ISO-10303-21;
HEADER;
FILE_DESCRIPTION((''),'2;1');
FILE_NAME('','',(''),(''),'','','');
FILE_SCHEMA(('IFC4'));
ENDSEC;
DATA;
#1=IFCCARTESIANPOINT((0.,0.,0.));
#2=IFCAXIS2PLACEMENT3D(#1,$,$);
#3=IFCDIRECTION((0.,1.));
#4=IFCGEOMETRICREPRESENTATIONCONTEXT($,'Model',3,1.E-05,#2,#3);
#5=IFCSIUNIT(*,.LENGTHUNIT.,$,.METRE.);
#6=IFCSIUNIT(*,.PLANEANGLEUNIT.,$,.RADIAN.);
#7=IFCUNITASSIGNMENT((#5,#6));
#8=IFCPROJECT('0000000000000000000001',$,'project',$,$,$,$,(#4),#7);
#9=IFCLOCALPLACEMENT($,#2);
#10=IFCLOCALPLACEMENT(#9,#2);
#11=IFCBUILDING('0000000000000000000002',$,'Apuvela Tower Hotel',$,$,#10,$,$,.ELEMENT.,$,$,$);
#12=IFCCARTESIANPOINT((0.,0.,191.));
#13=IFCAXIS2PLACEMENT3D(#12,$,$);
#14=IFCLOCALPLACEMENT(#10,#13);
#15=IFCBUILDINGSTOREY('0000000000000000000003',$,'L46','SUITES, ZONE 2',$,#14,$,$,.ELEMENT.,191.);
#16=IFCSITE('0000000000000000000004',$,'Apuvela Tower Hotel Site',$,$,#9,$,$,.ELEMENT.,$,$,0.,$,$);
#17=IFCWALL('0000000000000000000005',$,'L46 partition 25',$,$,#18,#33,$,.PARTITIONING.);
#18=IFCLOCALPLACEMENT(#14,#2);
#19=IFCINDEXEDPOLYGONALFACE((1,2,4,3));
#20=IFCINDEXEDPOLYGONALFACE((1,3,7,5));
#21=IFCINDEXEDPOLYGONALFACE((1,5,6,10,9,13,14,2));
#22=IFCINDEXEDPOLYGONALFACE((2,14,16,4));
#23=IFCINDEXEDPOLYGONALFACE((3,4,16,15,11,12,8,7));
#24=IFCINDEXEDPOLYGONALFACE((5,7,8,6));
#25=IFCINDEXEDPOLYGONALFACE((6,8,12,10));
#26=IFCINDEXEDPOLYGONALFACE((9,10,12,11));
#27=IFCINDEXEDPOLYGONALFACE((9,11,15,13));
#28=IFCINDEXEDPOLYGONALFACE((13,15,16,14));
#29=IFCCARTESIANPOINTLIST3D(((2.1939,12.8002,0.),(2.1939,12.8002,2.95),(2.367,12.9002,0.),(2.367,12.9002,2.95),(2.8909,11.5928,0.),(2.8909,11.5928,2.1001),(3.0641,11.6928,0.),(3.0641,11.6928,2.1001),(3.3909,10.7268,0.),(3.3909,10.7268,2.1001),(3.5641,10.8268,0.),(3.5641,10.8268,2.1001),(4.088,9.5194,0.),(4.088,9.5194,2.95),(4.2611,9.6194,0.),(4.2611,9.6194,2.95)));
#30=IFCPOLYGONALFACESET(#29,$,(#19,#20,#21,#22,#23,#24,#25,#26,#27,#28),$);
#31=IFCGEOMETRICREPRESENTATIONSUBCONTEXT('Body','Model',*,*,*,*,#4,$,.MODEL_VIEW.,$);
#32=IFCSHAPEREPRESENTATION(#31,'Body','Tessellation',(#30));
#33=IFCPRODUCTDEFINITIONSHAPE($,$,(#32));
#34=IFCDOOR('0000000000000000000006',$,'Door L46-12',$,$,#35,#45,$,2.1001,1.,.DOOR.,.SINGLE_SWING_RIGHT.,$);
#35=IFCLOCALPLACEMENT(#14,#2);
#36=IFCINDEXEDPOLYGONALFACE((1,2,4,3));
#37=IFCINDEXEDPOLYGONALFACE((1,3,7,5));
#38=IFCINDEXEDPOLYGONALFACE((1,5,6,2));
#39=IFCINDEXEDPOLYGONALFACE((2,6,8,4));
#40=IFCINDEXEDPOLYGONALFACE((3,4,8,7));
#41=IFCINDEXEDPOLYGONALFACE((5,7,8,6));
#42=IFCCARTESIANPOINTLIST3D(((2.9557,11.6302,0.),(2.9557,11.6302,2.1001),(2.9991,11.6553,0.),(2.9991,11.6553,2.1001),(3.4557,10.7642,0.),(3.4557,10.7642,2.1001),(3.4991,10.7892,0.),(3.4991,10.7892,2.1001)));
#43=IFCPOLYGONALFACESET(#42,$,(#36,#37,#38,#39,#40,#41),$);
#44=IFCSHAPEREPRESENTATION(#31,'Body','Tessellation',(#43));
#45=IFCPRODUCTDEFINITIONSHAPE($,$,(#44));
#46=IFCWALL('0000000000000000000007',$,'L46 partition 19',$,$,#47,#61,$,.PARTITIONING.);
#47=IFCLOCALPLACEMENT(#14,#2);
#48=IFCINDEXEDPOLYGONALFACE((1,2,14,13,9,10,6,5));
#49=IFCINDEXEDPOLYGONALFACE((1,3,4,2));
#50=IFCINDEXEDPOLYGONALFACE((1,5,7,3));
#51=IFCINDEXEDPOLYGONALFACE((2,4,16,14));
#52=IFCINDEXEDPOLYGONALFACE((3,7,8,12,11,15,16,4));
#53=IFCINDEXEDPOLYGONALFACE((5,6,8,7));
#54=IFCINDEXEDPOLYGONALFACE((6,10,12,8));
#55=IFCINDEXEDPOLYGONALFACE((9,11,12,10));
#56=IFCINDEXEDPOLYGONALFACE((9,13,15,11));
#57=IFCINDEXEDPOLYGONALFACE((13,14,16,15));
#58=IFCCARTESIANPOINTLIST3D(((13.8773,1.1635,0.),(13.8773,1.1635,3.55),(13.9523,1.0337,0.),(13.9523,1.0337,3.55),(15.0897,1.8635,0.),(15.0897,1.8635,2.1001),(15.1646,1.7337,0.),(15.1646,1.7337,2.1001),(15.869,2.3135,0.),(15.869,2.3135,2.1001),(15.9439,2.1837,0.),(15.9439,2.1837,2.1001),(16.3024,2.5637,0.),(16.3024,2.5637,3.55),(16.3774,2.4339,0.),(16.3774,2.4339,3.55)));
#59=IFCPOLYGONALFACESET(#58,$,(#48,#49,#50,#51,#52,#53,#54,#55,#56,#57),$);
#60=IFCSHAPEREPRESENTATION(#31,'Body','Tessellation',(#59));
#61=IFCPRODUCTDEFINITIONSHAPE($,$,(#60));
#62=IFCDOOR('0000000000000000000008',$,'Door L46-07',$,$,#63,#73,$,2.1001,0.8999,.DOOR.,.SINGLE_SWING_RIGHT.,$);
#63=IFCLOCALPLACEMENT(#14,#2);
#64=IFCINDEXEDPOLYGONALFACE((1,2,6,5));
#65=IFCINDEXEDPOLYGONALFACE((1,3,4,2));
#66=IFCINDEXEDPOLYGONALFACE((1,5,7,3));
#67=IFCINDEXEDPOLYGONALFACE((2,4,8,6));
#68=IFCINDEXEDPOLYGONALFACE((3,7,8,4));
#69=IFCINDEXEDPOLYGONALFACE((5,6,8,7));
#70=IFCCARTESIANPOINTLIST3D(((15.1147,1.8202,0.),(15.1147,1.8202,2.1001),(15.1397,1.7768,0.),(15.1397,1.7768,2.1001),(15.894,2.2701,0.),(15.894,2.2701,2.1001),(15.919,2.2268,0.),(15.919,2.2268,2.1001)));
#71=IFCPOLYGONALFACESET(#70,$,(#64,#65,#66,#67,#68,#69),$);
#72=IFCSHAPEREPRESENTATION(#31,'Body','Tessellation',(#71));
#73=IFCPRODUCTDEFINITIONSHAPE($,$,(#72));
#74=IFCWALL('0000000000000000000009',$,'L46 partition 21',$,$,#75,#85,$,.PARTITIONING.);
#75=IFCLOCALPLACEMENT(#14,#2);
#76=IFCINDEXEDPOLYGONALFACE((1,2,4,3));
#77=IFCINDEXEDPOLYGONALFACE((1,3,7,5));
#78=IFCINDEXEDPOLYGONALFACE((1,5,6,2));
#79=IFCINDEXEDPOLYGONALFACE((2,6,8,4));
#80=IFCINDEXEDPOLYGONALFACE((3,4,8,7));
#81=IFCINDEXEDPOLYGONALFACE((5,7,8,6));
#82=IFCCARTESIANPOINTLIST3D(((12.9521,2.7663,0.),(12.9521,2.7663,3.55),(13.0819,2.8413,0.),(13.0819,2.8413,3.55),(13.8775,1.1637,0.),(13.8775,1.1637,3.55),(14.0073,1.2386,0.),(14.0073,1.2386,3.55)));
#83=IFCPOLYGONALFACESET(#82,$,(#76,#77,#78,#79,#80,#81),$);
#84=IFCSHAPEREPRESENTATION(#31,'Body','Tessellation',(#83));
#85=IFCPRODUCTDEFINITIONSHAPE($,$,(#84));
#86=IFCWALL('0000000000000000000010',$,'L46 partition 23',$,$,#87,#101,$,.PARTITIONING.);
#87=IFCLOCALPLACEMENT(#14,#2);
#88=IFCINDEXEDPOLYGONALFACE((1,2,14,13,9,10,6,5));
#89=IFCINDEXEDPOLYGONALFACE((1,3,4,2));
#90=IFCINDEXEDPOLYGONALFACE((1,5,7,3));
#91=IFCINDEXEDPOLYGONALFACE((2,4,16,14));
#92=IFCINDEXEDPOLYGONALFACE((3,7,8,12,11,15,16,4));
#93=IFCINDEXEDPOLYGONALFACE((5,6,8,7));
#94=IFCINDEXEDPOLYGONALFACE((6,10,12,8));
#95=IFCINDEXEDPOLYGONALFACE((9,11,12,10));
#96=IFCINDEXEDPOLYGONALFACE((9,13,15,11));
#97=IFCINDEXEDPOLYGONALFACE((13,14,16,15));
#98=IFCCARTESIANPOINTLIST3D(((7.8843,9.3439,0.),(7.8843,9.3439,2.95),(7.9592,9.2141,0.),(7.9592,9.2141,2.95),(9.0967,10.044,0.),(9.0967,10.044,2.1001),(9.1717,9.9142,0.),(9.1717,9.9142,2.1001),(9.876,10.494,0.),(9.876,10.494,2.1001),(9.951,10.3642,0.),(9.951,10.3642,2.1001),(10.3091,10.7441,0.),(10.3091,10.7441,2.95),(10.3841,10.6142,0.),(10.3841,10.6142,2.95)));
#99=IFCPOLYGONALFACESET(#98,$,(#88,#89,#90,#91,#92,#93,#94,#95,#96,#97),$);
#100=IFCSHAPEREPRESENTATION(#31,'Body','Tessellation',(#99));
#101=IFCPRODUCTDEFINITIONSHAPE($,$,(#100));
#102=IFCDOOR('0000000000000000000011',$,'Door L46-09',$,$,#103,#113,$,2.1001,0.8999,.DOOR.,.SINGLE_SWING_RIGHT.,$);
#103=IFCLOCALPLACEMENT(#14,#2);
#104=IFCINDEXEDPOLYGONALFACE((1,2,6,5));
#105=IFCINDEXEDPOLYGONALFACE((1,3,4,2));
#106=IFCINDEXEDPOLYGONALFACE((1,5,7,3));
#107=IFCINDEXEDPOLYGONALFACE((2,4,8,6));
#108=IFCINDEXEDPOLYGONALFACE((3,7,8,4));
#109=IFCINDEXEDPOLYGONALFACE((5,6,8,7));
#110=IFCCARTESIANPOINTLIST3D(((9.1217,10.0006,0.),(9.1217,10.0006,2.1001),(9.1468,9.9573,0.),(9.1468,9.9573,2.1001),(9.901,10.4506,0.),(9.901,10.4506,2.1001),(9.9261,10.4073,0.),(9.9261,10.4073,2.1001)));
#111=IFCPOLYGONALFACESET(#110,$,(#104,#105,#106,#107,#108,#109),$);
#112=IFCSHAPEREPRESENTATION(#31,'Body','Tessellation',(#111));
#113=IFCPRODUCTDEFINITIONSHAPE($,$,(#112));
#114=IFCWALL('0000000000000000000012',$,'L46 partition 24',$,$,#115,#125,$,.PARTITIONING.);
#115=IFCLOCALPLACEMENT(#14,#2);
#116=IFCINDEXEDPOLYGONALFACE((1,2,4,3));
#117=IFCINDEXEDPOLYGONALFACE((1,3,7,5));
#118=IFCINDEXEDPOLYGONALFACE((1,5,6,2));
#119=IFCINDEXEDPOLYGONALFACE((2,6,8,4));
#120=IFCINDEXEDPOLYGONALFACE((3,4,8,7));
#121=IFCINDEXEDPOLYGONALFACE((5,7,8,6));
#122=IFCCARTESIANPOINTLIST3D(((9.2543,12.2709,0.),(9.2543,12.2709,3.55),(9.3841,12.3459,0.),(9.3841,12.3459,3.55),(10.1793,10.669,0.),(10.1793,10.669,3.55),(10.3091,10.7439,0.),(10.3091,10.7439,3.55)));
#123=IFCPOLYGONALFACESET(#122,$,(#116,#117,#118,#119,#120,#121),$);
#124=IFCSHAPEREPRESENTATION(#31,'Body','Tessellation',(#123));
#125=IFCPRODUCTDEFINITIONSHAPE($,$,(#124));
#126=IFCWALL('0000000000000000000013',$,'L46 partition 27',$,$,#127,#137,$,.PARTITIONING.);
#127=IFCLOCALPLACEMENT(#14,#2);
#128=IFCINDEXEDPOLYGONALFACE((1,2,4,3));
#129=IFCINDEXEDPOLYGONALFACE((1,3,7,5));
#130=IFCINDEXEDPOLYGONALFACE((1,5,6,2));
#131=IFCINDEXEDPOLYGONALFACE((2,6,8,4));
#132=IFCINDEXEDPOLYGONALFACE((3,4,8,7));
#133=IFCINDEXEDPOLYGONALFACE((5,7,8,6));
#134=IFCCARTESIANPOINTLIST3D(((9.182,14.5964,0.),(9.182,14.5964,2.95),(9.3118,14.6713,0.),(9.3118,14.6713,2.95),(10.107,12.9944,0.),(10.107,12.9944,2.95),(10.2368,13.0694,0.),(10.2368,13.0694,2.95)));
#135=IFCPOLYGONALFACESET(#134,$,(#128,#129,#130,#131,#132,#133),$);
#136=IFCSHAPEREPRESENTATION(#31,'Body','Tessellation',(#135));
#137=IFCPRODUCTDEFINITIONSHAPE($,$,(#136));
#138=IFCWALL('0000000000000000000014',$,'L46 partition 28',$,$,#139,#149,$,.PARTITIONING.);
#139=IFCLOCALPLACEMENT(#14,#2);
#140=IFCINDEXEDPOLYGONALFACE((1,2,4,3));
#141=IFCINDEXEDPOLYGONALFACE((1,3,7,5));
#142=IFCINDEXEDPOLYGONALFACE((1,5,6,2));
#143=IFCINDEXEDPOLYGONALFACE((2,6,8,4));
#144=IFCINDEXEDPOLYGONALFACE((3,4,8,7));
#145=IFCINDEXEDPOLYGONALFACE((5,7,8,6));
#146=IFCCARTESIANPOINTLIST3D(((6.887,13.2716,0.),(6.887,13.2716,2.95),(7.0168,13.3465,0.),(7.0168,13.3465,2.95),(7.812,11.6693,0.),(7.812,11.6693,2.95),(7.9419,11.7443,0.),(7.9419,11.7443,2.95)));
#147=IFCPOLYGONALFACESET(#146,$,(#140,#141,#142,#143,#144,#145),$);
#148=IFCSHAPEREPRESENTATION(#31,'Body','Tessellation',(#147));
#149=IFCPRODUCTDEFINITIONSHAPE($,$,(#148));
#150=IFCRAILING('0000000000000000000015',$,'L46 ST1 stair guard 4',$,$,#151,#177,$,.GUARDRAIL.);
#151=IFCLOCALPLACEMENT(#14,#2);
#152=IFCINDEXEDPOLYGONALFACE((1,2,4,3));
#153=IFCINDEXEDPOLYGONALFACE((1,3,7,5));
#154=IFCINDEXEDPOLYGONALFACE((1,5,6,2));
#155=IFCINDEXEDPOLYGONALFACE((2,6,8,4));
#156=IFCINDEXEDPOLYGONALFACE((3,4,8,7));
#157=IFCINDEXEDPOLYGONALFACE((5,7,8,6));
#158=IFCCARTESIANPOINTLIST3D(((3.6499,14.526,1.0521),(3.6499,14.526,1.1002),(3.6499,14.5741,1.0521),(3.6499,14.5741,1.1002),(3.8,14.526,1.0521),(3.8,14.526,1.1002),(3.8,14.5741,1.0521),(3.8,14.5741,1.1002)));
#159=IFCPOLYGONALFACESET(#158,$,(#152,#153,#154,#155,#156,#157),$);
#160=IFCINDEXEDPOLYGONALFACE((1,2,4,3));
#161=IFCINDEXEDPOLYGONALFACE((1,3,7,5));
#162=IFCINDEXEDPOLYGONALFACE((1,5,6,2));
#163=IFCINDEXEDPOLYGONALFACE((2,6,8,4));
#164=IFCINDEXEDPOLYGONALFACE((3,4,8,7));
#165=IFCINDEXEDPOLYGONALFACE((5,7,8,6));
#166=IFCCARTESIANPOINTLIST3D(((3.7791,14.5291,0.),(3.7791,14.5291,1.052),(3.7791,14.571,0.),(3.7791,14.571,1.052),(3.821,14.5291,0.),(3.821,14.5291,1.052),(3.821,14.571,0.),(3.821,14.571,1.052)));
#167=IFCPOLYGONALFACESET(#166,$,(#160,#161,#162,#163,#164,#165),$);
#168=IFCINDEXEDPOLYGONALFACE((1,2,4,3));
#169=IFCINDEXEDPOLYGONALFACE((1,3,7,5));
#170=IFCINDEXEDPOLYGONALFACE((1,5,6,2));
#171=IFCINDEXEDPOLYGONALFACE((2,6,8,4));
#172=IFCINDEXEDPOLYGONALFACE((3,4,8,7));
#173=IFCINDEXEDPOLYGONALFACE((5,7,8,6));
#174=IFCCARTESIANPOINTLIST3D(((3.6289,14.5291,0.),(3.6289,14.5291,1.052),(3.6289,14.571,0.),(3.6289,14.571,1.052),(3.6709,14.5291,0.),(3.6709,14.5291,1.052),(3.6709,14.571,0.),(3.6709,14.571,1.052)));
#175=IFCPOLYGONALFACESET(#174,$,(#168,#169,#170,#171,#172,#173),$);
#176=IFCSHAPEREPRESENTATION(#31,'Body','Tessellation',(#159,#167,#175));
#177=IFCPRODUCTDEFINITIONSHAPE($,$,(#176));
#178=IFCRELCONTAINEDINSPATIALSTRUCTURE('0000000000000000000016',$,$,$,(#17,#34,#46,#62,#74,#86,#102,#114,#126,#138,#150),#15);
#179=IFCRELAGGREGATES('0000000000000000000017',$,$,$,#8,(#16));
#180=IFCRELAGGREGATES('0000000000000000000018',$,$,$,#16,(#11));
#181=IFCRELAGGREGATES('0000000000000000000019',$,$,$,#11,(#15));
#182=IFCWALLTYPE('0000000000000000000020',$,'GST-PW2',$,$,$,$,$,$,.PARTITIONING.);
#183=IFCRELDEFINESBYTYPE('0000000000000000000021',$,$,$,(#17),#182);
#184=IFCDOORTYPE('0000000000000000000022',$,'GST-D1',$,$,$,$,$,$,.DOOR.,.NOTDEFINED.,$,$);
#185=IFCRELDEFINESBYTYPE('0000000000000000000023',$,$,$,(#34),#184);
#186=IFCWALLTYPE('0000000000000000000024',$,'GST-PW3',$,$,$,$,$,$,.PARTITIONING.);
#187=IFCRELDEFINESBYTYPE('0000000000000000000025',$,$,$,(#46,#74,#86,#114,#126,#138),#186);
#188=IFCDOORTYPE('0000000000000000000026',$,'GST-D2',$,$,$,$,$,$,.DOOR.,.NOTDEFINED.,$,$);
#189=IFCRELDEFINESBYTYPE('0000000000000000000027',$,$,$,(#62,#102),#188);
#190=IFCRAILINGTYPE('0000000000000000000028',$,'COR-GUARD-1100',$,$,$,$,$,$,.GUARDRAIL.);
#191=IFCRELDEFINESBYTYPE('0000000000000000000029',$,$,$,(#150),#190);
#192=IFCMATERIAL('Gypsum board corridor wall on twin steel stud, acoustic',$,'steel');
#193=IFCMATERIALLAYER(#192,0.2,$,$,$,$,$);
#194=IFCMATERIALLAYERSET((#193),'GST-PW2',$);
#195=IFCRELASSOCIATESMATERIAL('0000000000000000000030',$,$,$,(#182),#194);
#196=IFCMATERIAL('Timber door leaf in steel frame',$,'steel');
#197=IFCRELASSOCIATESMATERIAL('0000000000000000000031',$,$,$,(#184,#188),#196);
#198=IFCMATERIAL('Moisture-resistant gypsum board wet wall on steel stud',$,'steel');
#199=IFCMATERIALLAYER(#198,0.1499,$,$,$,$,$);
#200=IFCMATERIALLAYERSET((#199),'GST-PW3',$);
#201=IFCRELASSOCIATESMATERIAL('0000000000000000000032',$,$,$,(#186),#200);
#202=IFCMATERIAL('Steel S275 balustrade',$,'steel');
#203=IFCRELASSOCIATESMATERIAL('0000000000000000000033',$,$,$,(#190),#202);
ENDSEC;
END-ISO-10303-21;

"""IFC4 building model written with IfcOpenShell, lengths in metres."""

from ifc_helpers import new_model, si_unit, direction, frame, frame_2d, origin, origin_2d, place, context, subcontext, project, spatial, rectangle, extrude, material, layer, layer_set, type_object, element, fill, save


model = new_model("IFC4")

# Units and contexts
model_context = context("Model", 3, precision=1e-05, world=origin(), true_north=direction((0.0, 1.0)))
body_context = subcontext(model_context, "Body", "Model", "MODEL_VIEW")
ifc_project = project(units=[si_unit("LENGTHUNIT", "METRE"), si_unit("PLANEANGLEUNIT", "RADIAN")], contexts=[model_context])

# Site, building, storey
site_placement = place(None, origin())
site = spatial("IfcSite", under=ifc_project, at=site_placement, Name="Apuvela Tower Hotel Site", CompositionType="ELEMENT", RefElevation=0.0)
building_placement = place(site_placement, origin())
building = spatial("IfcBuilding", under=site, at=building_placement, Name="Apuvela Tower Hotel", CompositionType="ELEMENT")
storey_placement = place(building_placement, frame((0.0, 0.0, 191.0)))
storey = spatial("IfcBuildingStorey", under=building, at=storey_placement, Name="L46", Description="SUITES, ZONE 2", CompositionType="ELEMENT", Elevation=191.0)

# Walls, openings, doors
ifc_material_1 = material(Name="Gypsum board corridor wall on twin steel stud, acoustic", Category="steel")
ifc_layer_1 = layer(ifc_material_1, 0.2)
ifc_layer_set_1 = layer_set([ifc_layer_1], Name="GST-PW2")
wall_type_1 = type_object("IfcWallType", Name="GST-PW2", PredefinedType="PARTITIONING", material=ifc_layer_set_1)
ifc_material_2 = material(Name="Timber door leaf in steel frame", Category="steel")
door_type_1 = type_object("IfcDoorType", Name="GST-D1", OperationType="NOTDEFINED", PredefinedType="DOOR", material=ifc_material_2)
wall_1_placement = place(storey_placement, frame((2.2805, 12.8501, 0.0), z_axis=(0.0, 0.0, 1.0), x_axis=(0.499979, -0.866037, 0.0)))
wall_1 = element("IfcWall", 1, at=wall_1_placement, inside=storey, type_object=wall_type_1, Name="L46 partition 25", PredefinedType="PARTITIONING", context=body_context, shape_type="SweptSolid", body=[
    extrude(rectangle(XDim=3.7883, YDim=0.2, at=frame_2d((1.894, 0.0))), origin(), (0.0, 0.0, 1.0), 2.95),
])
opening_1_placement = place(wall_1_placement, frame((1.394, 0.0, 0.0)))
opening_1 = element("IfcOpeningElement", 2, at=opening_1_placement, cuts=wall_1, PredefinedType="OPENING", context=body_context, shape_type="SweptSolid", body=[
    extrude(rectangle(XDim=1.0, YDim=2.1001, at=frame_2d((0.5, 1.05))), frame((0.0, 0.1099, 0.0), z_axis=(0.0, -1.0, 0.0), x_axis=(1.0, 0.0, 0.0)), (0.0, 0.0, 1.0), 0.22),
])
door_1_placement = place(opening_1_placement, origin())
door_1 = element("IfcDoor", 3, at=door_1_placement, inside=storey, type_object=door_type_1, Name="Door L46-12", OperationType="SINGLE_SWING_RIGHT", OverallHeight=2.1001, OverallWidth=1.0, PredefinedType="DOOR", context=body_context, shape_type="SweptSolid", body=[
    extrude(rectangle(XDim=1.0, YDim=2.1001, at=frame_2d((0.5, 1.05))), frame((0.0, 0.0249, 0.0), z_axis=(0.0, -1.0, 0.0), x_axis=(1.0, 0.0, 0.0)), (0.0, 0.0, 1.0), 0.05),
])
fill(opening_1, door_1)
ifc_material_3 = material(Name="Moisture-resistant gypsum board wet wall on steel stud", Category="steel")
ifc_layer_2 = layer(ifc_material_3, 0.1499)
ifc_layer_set_2 = layer_set([ifc_layer_2], Name="GST-PW3")
wall_type_2 = type_object("IfcWallType", Name="GST-PW3", PredefinedType="PARTITIONING", material=ifc_layer_set_2)
wall_2_placement = place(storey_placement, frame((13.9148, 1.0986, 0.0), z_axis=(0.0, 0.0, 1.0), x_axis=(0.866019, 0.500012, 0.0)))
wall_2 = element("IfcWall", 4, at=wall_2_placement, inside=storey, type_object=wall_type_2, Name="L46 partition 19", PredefinedType="PARTITIONING", context=body_context, shape_type="SweptSolid", body=[
    extrude(rectangle(XDim=2.8003, YDim=0.1499, at=frame_2d((1.4001, 0.0))), origin(), (0.0, 0.0, 1.0), 3.55),
])
opening_2_placement = place(wall_2_placement, frame((1.3999, 0.0, 0.0)))
opening_2 = element("IfcOpeningElement", 5, at=opening_2_placement, cuts=wall_2, PredefinedType="OPENING", context=body_context, shape_type="SweptSolid", body=[
    extrude(rectangle(XDim=0.8999, YDim=2.1001, at=frame_2d((0.45, 1.05))), frame((0.0, 0.085, 0.0), z_axis=(0.0, -1.0, 0.0), x_axis=(1.0, 0.0, 0.0)), (0.0, 0.0, 1.0), 0.1699),
])
door_type_2 = type_object("IfcDoorType", Name="GST-D2", OperationType="NOTDEFINED", PredefinedType="DOOR", material=ifc_material_2)
door_2_placement = place(opening_2_placement, origin())
door_2 = element("IfcDoor", 6, at=door_2_placement, inside=storey, type_object=door_type_2, Name="Door L46-07", OperationType="SINGLE_SWING_RIGHT", OverallHeight=2.1001, OverallWidth=0.8999, PredefinedType="DOOR", context=body_context, shape_type="SweptSolid", body=[
    extrude(rectangle(XDim=0.8999, YDim=2.1001, at=frame_2d((0.45, 1.05))), frame((0.0, 0.0249, 0.0), z_axis=(0.0, -1.0, 0.0), x_axis=(1.0, 0.0, 0.0)), (0.0, 0.0, 1.0), 0.05),
])
fill(opening_2, door_2)

# Wall
wall_3_placement = place(storey_placement, frame((13.9424, 1.2012, 0.0), z_axis=(0.0, 0.0, 1.0), x_axis=(-0.500027, 0.86601, 0.0)))
element("IfcWall", 7, at=wall_3_placement, inside=storey, type_object=wall_type_2, Name="L46 partition 21", PredefinedType="PARTITIONING", context=body_context, shape_type="SweptSolid", body=[
    extrude(rectangle(XDim=1.8506, YDim=0.1499, at=frame_2d((0.9253, 0.0))), origin(), (0.0, 0.0, 1.0), 3.55),
])

# Wall, opening, door
wall_4_placement = place(storey_placement, frame((7.9219, 9.2791, 0.0), z_axis=(0.0, 0.0, 1.0), x_axis=(0.865997, 0.50005, 0.0)))
wall_4 = element("IfcWall", 8, at=wall_4_placement, inside=storey, type_object=wall_type_2, Name="L46 partition 23", PredefinedType="PARTITIONING", context=body_context, shape_type="SweptSolid", body=[
    extrude(rectangle(XDim=2.8, YDim=0.1499, at=frame_2d((1.3999, 0.0))), origin(), (0.0, 0.0, 1.0), 2.95),
])
opening_3_placement = place(wall_4_placement, frame((1.3999, 0.0, 0.0)))
opening_3 = element("IfcOpeningElement", 9, at=opening_3_placement, cuts=wall_4, PredefinedType="OPENING", context=body_context, shape_type="SweptSolid", body=[
    extrude(rectangle(XDim=0.8999, YDim=2.1001, at=frame_2d((0.45, 1.05))), frame((0.0, 0.085, 0.0), z_axis=(0.0, -1.0, 0.0), x_axis=(1.0, 0.0, 0.0)), (0.0, 0.0, 1.0), 0.1699),
])
door_3_placement = place(opening_3_placement, origin())
door_3 = element("IfcDoor", 10, at=door_3_placement, inside=storey, type_object=door_type_2, Name="Door L46-09", OperationType="SINGLE_SWING_RIGHT", OverallHeight=2.1001, OverallWidth=0.8999, PredefinedType="DOOR", context=body_context, shape_type="SweptSolid", body=[
    extrude(rectangle(XDim=0.8999, YDim=2.1001, at=frame_2d((0.45, 1.05))), frame((0.0, 0.0249, 0.0), z_axis=(0.0, -1.0, 0.0), x_axis=(1.0, 0.0, 0.0)), (0.0, 0.0, 1.0), 0.05),
])
fill(opening_3, door_3)

# Walls
wall_5_placement = place(storey_placement, frame((10.2441, 10.7065, 0.0), z_axis=(0.0, 0.0, 1.0), x_axis=(-0.500042, 0.866001, 0.0)))
element("IfcWall", 11, at=wall_5_placement, inside=storey, type_object=wall_type_2, Name="L46 partition 24", PredefinedType="PARTITIONING", context=body_context, shape_type="SweptSolid", body=[
    extrude(rectangle(XDim=1.8499, YDim=0.1499, at=frame_2d((0.9248, 0.0))), origin(), (0.0, 0.0, 1.0), 3.55),
])
wall_6_placement = place(storey_placement, frame((10.1719, 13.032, 0.0), z_axis=(0.0, 0.0, 1.0), x_axis=(-0.500042, 0.866001, 0.0)))
element("IfcWall", 12, at=wall_6_placement, inside=storey, type_object=wall_type_2, Name="L46 partition 27", PredefinedType="PARTITIONING", context=body_context, shape_type="SweptSolid", body=[
    extrude(rectangle(XDim=1.8499, YDim=0.1499, at=frame_2d((0.9248, 0.0))), origin(), (0.0, 0.0, 1.0), 2.95),
])
wall_7_placement = place(storey_placement, frame((7.877, 11.7068, 0.0), z_axis=(0.0, 0.0, 1.0), x_axis=(-0.499985, 0.866034, 0.0)))
element("IfcWall", 13, at=wall_7_placement, inside=storey, type_object=wall_type_2, Name="L46 partition 28", PredefinedType="PARTITIONING", context=body_context, shape_type="SweptSolid", body=[
    extrude(rectangle(XDim=1.8501, YDim=0.1499, at=frame_2d((0.925, 0.0))), origin(), (0.0, 0.0, 1.0), 2.95),
])

# Railing
ifc_material_4 = material(Name="Steel S275 balustrade", Category="steel")
railing_type = type_object("IfcRailingType", Name="COR-GUARD-1100", PredefinedType="GUARDRAIL", material=ifc_material_4)
railing_placement = place(storey_placement, frame((3.8, 14.55, 0.0)))
element("IfcRailing", 14, at=railing_placement, inside=storey, type_object=railing_type, Name="L46 ST1 stair guard 4", PredefinedType="GUARDRAIL", context=body_context, shape_type="SweptSolid", body=[
    extrude(rectangle(XDim=0.0481, YDim=0.0481, at=origin_2d()), frame((0.0, 0.0, 1.0762), z_axis=(-1.0, 0.0, 0.0), x_axis=(0.0, -1.0, 0.0)), (0.0, 0.0, 1.0), 0.1501),
    extrude(rectangle(XDim=0.042, YDim=0.042, at=origin_2d()), origin(), (0.0, 0.0, 1.0), 1.052),
    extrude(rectangle(XDim=0.042, YDim=0.042, at=origin_2d()), frame((-0.1501, 0.0, 0.0)), (0.0, 0.0, 1.0), 1.052),
])

save(model, "model.ifc")
